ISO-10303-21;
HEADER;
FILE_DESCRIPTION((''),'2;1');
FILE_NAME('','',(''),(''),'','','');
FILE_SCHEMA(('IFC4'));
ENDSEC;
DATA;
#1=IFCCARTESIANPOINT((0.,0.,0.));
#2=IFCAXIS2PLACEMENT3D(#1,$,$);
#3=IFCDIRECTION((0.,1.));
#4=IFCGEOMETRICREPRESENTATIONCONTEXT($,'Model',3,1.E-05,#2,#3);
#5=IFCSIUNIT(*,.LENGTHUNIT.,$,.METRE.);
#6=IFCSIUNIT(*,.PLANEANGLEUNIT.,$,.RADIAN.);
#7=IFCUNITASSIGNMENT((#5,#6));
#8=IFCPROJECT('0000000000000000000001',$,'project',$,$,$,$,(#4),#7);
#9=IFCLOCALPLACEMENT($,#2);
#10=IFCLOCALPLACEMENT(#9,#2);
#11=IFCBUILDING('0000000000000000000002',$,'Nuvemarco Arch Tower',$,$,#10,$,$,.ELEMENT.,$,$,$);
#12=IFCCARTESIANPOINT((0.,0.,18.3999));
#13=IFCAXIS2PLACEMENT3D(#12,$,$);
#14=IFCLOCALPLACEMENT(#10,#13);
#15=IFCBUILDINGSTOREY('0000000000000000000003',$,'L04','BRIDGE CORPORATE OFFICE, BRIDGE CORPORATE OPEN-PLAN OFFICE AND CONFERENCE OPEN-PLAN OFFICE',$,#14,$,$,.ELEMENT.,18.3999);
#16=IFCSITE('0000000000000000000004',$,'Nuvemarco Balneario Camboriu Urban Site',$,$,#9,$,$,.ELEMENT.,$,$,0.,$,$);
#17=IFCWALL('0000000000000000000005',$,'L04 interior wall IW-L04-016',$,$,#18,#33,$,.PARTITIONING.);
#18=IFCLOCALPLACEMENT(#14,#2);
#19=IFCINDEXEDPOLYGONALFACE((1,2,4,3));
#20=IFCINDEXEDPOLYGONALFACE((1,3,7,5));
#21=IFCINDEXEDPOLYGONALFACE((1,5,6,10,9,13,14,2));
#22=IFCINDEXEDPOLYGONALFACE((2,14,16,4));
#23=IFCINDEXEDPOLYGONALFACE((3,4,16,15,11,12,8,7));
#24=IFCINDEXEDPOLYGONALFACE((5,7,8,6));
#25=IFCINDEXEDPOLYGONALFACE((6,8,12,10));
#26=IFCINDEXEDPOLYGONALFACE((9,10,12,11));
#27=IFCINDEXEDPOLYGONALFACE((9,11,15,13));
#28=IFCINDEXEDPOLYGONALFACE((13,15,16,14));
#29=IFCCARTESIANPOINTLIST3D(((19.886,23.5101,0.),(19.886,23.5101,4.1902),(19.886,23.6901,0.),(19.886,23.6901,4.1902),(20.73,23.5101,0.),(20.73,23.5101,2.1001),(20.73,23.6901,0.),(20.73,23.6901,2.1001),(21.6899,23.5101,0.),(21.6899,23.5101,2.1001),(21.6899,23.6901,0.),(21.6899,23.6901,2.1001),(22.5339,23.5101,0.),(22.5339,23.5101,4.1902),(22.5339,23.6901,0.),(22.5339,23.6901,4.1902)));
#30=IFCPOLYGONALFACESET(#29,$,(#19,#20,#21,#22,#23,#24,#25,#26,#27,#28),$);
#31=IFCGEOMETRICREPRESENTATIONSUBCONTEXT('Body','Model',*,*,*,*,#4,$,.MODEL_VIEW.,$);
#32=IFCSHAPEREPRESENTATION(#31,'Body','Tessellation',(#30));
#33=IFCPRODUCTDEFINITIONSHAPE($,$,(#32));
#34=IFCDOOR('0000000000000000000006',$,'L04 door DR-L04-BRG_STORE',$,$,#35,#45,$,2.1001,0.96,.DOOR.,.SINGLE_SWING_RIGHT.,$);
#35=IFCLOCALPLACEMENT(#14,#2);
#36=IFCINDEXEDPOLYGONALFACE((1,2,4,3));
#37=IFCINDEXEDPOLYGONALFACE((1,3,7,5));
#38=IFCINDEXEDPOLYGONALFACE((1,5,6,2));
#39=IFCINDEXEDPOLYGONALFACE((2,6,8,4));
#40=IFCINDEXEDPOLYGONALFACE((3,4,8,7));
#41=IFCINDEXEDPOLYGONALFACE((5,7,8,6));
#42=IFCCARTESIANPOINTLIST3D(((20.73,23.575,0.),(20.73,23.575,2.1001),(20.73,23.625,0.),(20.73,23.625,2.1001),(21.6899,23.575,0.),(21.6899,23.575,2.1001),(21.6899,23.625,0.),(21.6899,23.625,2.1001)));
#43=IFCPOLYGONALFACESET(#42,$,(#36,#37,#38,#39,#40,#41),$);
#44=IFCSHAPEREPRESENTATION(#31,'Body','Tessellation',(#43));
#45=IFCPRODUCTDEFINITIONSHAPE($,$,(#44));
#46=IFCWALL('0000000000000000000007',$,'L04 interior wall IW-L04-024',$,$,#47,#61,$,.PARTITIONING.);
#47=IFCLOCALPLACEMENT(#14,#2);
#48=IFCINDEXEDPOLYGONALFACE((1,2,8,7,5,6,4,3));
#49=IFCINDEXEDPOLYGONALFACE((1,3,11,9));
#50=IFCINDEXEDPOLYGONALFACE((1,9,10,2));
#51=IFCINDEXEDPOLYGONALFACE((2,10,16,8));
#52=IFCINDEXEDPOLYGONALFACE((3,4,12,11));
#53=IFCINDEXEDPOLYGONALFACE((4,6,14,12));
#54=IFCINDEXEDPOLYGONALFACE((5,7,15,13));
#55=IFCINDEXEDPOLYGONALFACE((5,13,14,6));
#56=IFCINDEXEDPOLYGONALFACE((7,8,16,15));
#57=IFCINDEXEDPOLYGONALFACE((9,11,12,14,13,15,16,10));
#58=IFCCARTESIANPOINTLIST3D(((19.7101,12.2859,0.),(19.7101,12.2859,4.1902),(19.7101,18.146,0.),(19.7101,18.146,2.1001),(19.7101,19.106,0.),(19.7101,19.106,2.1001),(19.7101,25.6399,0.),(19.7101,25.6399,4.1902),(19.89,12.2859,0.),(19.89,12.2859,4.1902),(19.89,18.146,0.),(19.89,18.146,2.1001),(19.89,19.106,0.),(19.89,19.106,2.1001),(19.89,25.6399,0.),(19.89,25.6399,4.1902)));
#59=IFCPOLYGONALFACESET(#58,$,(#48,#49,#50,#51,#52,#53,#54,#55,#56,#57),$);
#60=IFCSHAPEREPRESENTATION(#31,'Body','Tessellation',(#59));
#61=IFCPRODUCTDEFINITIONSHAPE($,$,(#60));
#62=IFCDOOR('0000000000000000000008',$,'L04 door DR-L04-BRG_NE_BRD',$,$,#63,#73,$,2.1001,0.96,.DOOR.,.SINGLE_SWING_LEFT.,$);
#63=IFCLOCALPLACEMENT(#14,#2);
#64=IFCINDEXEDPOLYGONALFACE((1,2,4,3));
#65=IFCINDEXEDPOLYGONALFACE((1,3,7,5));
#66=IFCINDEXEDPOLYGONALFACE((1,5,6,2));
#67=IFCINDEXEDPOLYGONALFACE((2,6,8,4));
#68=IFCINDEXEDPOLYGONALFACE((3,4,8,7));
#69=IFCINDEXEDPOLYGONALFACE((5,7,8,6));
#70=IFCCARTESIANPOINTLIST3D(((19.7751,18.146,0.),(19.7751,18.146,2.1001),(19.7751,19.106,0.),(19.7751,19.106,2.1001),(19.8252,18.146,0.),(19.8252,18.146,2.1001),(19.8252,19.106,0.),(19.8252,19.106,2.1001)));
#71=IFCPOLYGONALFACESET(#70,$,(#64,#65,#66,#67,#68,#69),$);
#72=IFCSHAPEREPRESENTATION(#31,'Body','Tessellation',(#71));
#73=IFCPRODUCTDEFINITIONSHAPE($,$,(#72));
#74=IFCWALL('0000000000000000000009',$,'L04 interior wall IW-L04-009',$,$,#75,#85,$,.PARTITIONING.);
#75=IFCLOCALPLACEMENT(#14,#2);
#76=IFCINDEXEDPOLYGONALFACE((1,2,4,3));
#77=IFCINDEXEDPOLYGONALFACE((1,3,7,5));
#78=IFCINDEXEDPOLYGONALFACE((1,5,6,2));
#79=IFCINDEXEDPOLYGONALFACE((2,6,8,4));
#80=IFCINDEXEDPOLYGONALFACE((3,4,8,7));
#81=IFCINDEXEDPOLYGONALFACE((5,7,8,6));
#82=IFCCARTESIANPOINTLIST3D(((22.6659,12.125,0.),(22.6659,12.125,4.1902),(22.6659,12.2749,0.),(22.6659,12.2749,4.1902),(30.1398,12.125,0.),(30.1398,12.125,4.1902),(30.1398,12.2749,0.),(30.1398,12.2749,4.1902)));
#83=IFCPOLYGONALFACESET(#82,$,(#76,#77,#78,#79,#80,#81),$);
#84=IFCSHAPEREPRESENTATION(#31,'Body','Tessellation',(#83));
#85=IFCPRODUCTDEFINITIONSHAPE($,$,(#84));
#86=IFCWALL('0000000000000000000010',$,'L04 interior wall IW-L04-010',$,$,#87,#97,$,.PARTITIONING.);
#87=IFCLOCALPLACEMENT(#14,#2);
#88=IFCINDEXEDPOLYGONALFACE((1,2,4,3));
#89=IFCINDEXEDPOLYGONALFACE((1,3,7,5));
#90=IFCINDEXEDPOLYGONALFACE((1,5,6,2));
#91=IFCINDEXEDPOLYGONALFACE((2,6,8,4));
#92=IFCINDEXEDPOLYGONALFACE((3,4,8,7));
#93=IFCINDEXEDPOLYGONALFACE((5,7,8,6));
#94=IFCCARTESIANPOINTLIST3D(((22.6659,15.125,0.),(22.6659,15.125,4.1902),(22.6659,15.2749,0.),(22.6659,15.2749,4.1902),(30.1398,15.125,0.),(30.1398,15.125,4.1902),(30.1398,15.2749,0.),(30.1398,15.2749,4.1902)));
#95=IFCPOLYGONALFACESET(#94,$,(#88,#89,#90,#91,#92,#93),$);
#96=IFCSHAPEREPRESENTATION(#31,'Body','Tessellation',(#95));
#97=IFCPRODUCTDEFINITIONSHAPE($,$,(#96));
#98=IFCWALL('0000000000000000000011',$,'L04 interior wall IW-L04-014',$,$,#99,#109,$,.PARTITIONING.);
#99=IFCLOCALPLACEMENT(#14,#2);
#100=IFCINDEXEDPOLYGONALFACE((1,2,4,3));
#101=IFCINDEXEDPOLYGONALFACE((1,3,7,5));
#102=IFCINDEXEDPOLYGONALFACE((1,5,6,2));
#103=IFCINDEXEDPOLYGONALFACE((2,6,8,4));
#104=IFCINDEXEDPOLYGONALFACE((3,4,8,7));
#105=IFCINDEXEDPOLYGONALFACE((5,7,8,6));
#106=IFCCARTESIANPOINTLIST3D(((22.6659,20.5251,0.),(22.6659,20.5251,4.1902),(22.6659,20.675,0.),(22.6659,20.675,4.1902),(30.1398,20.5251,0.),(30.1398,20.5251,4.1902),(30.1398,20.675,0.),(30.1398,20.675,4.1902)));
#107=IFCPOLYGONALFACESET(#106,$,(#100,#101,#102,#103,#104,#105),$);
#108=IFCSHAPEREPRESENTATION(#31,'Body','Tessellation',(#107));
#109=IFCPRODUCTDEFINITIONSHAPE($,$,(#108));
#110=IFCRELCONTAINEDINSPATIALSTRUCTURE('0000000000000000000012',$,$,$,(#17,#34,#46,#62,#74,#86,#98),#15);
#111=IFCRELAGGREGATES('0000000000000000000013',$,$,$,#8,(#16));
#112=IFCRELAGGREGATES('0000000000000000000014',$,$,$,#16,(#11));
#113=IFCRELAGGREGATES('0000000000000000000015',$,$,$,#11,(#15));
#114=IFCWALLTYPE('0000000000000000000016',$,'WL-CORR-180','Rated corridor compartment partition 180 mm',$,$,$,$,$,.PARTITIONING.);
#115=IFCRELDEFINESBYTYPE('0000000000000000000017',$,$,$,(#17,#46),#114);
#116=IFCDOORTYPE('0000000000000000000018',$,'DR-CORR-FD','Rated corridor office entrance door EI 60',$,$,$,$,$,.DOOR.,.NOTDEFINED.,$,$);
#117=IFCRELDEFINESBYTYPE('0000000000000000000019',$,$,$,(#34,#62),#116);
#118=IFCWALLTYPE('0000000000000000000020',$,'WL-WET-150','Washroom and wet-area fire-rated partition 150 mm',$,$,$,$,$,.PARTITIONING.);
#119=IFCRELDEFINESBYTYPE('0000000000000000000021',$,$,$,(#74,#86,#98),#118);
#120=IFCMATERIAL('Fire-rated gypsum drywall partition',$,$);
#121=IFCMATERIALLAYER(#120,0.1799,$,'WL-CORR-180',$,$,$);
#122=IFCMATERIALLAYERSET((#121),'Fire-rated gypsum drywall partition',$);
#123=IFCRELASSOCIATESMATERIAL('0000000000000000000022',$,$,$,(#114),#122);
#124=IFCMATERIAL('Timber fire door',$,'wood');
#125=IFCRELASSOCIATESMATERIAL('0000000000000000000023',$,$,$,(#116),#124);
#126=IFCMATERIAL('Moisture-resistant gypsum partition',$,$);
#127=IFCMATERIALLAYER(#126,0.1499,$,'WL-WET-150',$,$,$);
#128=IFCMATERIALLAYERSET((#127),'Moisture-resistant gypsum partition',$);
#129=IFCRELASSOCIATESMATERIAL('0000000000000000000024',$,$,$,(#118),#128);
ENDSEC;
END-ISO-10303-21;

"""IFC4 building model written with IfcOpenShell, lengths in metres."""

from ifc_helpers import new_model, si_unit, direction, frame, frame_2d, origin, place, context, subcontext, project, spatial, rectangle, extrude, source, transform, mapped, material, layer, layer_set, type_object, type_shapes, element, fill, save


model = new_model("IFC4")

# Units and contexts
model_context = context("Model", 3, precision=1e-05, world=origin(), true_north=direction((0.0, 1.0)))
body_context = subcontext(model_context, "Body", "Model", "MODEL_VIEW")
ifc_project = project(units=[si_unit("LENGTHUNIT", "METRE"), si_unit("PLANEANGLEUNIT", "RADIAN")], contexts=[model_context])

# Site, building, storey
site_placement = place(None, origin())
site = spatial("IfcSite", under=ifc_project, at=site_placement, Name="Nuvemarco Balneario Camboriu Urban Site", CompositionType="ELEMENT", RefElevation=0.0)
building_placement = place(site_placement, origin())
building = spatial("IfcBuilding", under=site, at=building_placement, Name="Nuvemarco Arch Tower", CompositionType="ELEMENT")
storey_placement = place(building_placement, frame((0.0, 0.0, 18.3999)))
storey = spatial("IfcBuildingStorey", under=building, at=storey_placement, Name="L04", Description="BRIDGE CORPORATE OFFICE, BRIDGE CORPORATE OPEN-PLAN OFFICE AND CONFERENCE OPEN-PLAN OFFICE", CompositionType="ELEMENT", Elevation=18.3999)

# Walls, openings, doors
ifc_material_1 = material(Name="Fire-rated gypsum drywall partition")
ifc_layer_1 = layer(ifc_material_1, 0.1799, Name="WL-CORR-180")
ifc_layer_set_1 = layer_set([ifc_layer_1], Name="Fire-rated gypsum drywall partition")
wall_type_1 = type_object("IfcWallType", Name="WL-CORR-180", Description="Rated corridor compartment partition 180 mm", PredefinedType="PARTITIONING", material=ifc_layer_set_1)
wall_1_placement = place(storey_placement, frame((19.886, 23.6001, 0.0), z_axis=(0.0, 0.0, 1.0), x_axis=(1.0, 0.0, 0.0)))
wall_1 = element("IfcWall", 1, at=wall_1_placement, inside=storey, type_object=wall_type_1, Name="L04 interior wall IW-L04-016", PredefinedType="PARTITIONING", context=body_context, shape_type="SweptSolid", body=[
    extrude(rectangle(XDim=2.6479, YDim=0.1799, at=frame_2d((1.324, 0.0))), origin(), (0.0, 0.0, 1.0), 4.1902),
])
opening_1_placement = place(wall_1_placement, frame((0.844, 0.0, 0.0)))
opening_1 = element("IfcOpeningElement", 2, at=opening_1_placement, cuts=wall_1, PredefinedType="OPENING", context=body_context, shape_type="SweptSolid", body=[
    extrude(rectangle(XDim=0.96, YDim=2.1001, at=frame_2d((0.48, 1.05))), frame((0.0, 0.0999, 0.0), z_axis=(0.0, -1.0, 0.0), x_axis=(1.0, 0.0, 0.0)), (0.0, 0.0, 1.0), 0.2),
])
ifc_material_2 = material(Name="Timber fire door", Category="wood")
door_type = type_object("IfcDoorType", Name="DR-CORR-FD", Description="Rated corridor office entrance door EI 60", OperationType="NOTDEFINED", PredefinedType="DOOR", material=ifc_material_2)
shared_shape_1 = source(origin(), body_context, "Body", "SweptSolid", [
    extrude(rectangle(XDim=0.96, YDim=2.1001, at=frame_2d((0.48, 1.05))), frame((0.0, 0.0249, 0.0), z_axis=(0.0, -1.0, 0.0), x_axis=(1.0, 0.0, 0.0)), (0.0, 0.0, 1.0), 0.05),
])
type_shapes(door_type, [shared_shape_1])
door_1_placement = place(opening_1_placement, origin())
door_1 = element("IfcDoor", 3, at=door_1_placement, inside=storey, type_object=door_type, Name="L04 door DR-L04-BRG_STORE", OperationType="SINGLE_SWING_RIGHT", OverallHeight=2.1001, OverallWidth=0.96, PredefinedType="DOOR", context=body_context, shape_type="MappedRepresentation", body=[
    mapped(shared_shape_1, transform((0.0, 0.0, 0.0), scale=1.0)),
])
fill(opening_1, door_1)
wall_2_placement = place(storey_placement, frame((19.8, 12.2859, 0.0), z_axis=(0.0, 0.0, 1.0), x_axis=(0.0, 1.0, 0.0)))
wall_2 = element("IfcWall", 4, at=wall_2_placement, inside=storey, type_object=wall_type_1, Name="L04 interior wall IW-L04-024", PredefinedType="PARTITIONING", context=body_context, shape_type="SweptSolid", body=[
    extrude(rectangle(XDim=13.354, YDim=0.1799, at=frame_2d((6.677, 0.0))), origin(), (0.0, 0.0, 1.0), 4.1902),
])
opening_2_placement = place(wall_2_placement, frame((5.8601, 0.0, 0.0)))
opening_2 = element("IfcOpeningElement", 5, at=opening_2_placement, cuts=wall_2, PredefinedType="OPENING", context=body_context, shape_type="SweptSolid", body=[
    extrude(rectangle(XDim=0.96, YDim=2.1001, at=frame_2d((0.48, 1.05))), frame((0.0, 0.0999, 0.0), z_axis=(0.0, -1.0, 0.0), x_axis=(1.0, 0.0, 0.0)), (0.0, 0.0, 1.0), 0.2),
])
door_2_placement = place(opening_2_placement, origin())
door_2 = element("IfcDoor", 6, at=door_2_placement, inside=storey, type_object=door_type, Name="L04 door DR-L04-BRG_NE_BRD", OperationType="SINGLE_SWING_LEFT", OverallHeight=2.1001, OverallWidth=0.96, PredefinedType="DOOR", context=body_context, shape_type="MappedRepresentation", body=[
    mapped(shared_shape_1, transform((0.0, 0.0, 0.0), scale=1.0)),
])
fill(opening_2, door_2)

# Walls
ifc_material_3 = material(Name="Moisture-resistant gypsum partition")
ifc_layer_2 = layer(ifc_material_3, 0.1499, Name="WL-WET-150")
ifc_layer_set_2 = layer_set([ifc_layer_2], Name="Moisture-resistant gypsum partition")
wall_type_2 = type_object("IfcWallType", Name="WL-WET-150", Description="Washroom and wet-area fire-rated partition 150 mm", PredefinedType="PARTITIONING", material=ifc_layer_set_2)
for number, where, z_axis, x_axis, name in (
    (7, (22.666, 12.2, 0.0), (0.0, 0.0, 1.0), (1.0, 0.0, 0.0), "L04 interior wall IW-L04-009"),
    (8, (22.666, 15.2, 0.0), (0.0, 0.0, 1.0), (1.0, 0.0, 0.0), "L04 interior wall IW-L04-010"),
    (9, (22.666, 20.6001, 0.0), (0.0, 0.0, 1.0), (1.0, 0.0, 0.0), "L04 interior wall IW-L04-014"),
):
    element("IfcWall", number, at=place(storey_placement, frame(where, z_axis=z_axis, x_axis=x_axis)), inside=storey, type_object=wall_type_2, Name=name, PredefinedType="PARTITIONING", context=body_context, shape_type="SweptSolid", body=[
        extrude(rectangle(XDim=7.4739, YDim=0.1499, at=frame_2d((3.7368, 0.0))), origin(), (0.0, 0.0, 1.0), 4.1902),
    ])

save(model, "model.ifc")
